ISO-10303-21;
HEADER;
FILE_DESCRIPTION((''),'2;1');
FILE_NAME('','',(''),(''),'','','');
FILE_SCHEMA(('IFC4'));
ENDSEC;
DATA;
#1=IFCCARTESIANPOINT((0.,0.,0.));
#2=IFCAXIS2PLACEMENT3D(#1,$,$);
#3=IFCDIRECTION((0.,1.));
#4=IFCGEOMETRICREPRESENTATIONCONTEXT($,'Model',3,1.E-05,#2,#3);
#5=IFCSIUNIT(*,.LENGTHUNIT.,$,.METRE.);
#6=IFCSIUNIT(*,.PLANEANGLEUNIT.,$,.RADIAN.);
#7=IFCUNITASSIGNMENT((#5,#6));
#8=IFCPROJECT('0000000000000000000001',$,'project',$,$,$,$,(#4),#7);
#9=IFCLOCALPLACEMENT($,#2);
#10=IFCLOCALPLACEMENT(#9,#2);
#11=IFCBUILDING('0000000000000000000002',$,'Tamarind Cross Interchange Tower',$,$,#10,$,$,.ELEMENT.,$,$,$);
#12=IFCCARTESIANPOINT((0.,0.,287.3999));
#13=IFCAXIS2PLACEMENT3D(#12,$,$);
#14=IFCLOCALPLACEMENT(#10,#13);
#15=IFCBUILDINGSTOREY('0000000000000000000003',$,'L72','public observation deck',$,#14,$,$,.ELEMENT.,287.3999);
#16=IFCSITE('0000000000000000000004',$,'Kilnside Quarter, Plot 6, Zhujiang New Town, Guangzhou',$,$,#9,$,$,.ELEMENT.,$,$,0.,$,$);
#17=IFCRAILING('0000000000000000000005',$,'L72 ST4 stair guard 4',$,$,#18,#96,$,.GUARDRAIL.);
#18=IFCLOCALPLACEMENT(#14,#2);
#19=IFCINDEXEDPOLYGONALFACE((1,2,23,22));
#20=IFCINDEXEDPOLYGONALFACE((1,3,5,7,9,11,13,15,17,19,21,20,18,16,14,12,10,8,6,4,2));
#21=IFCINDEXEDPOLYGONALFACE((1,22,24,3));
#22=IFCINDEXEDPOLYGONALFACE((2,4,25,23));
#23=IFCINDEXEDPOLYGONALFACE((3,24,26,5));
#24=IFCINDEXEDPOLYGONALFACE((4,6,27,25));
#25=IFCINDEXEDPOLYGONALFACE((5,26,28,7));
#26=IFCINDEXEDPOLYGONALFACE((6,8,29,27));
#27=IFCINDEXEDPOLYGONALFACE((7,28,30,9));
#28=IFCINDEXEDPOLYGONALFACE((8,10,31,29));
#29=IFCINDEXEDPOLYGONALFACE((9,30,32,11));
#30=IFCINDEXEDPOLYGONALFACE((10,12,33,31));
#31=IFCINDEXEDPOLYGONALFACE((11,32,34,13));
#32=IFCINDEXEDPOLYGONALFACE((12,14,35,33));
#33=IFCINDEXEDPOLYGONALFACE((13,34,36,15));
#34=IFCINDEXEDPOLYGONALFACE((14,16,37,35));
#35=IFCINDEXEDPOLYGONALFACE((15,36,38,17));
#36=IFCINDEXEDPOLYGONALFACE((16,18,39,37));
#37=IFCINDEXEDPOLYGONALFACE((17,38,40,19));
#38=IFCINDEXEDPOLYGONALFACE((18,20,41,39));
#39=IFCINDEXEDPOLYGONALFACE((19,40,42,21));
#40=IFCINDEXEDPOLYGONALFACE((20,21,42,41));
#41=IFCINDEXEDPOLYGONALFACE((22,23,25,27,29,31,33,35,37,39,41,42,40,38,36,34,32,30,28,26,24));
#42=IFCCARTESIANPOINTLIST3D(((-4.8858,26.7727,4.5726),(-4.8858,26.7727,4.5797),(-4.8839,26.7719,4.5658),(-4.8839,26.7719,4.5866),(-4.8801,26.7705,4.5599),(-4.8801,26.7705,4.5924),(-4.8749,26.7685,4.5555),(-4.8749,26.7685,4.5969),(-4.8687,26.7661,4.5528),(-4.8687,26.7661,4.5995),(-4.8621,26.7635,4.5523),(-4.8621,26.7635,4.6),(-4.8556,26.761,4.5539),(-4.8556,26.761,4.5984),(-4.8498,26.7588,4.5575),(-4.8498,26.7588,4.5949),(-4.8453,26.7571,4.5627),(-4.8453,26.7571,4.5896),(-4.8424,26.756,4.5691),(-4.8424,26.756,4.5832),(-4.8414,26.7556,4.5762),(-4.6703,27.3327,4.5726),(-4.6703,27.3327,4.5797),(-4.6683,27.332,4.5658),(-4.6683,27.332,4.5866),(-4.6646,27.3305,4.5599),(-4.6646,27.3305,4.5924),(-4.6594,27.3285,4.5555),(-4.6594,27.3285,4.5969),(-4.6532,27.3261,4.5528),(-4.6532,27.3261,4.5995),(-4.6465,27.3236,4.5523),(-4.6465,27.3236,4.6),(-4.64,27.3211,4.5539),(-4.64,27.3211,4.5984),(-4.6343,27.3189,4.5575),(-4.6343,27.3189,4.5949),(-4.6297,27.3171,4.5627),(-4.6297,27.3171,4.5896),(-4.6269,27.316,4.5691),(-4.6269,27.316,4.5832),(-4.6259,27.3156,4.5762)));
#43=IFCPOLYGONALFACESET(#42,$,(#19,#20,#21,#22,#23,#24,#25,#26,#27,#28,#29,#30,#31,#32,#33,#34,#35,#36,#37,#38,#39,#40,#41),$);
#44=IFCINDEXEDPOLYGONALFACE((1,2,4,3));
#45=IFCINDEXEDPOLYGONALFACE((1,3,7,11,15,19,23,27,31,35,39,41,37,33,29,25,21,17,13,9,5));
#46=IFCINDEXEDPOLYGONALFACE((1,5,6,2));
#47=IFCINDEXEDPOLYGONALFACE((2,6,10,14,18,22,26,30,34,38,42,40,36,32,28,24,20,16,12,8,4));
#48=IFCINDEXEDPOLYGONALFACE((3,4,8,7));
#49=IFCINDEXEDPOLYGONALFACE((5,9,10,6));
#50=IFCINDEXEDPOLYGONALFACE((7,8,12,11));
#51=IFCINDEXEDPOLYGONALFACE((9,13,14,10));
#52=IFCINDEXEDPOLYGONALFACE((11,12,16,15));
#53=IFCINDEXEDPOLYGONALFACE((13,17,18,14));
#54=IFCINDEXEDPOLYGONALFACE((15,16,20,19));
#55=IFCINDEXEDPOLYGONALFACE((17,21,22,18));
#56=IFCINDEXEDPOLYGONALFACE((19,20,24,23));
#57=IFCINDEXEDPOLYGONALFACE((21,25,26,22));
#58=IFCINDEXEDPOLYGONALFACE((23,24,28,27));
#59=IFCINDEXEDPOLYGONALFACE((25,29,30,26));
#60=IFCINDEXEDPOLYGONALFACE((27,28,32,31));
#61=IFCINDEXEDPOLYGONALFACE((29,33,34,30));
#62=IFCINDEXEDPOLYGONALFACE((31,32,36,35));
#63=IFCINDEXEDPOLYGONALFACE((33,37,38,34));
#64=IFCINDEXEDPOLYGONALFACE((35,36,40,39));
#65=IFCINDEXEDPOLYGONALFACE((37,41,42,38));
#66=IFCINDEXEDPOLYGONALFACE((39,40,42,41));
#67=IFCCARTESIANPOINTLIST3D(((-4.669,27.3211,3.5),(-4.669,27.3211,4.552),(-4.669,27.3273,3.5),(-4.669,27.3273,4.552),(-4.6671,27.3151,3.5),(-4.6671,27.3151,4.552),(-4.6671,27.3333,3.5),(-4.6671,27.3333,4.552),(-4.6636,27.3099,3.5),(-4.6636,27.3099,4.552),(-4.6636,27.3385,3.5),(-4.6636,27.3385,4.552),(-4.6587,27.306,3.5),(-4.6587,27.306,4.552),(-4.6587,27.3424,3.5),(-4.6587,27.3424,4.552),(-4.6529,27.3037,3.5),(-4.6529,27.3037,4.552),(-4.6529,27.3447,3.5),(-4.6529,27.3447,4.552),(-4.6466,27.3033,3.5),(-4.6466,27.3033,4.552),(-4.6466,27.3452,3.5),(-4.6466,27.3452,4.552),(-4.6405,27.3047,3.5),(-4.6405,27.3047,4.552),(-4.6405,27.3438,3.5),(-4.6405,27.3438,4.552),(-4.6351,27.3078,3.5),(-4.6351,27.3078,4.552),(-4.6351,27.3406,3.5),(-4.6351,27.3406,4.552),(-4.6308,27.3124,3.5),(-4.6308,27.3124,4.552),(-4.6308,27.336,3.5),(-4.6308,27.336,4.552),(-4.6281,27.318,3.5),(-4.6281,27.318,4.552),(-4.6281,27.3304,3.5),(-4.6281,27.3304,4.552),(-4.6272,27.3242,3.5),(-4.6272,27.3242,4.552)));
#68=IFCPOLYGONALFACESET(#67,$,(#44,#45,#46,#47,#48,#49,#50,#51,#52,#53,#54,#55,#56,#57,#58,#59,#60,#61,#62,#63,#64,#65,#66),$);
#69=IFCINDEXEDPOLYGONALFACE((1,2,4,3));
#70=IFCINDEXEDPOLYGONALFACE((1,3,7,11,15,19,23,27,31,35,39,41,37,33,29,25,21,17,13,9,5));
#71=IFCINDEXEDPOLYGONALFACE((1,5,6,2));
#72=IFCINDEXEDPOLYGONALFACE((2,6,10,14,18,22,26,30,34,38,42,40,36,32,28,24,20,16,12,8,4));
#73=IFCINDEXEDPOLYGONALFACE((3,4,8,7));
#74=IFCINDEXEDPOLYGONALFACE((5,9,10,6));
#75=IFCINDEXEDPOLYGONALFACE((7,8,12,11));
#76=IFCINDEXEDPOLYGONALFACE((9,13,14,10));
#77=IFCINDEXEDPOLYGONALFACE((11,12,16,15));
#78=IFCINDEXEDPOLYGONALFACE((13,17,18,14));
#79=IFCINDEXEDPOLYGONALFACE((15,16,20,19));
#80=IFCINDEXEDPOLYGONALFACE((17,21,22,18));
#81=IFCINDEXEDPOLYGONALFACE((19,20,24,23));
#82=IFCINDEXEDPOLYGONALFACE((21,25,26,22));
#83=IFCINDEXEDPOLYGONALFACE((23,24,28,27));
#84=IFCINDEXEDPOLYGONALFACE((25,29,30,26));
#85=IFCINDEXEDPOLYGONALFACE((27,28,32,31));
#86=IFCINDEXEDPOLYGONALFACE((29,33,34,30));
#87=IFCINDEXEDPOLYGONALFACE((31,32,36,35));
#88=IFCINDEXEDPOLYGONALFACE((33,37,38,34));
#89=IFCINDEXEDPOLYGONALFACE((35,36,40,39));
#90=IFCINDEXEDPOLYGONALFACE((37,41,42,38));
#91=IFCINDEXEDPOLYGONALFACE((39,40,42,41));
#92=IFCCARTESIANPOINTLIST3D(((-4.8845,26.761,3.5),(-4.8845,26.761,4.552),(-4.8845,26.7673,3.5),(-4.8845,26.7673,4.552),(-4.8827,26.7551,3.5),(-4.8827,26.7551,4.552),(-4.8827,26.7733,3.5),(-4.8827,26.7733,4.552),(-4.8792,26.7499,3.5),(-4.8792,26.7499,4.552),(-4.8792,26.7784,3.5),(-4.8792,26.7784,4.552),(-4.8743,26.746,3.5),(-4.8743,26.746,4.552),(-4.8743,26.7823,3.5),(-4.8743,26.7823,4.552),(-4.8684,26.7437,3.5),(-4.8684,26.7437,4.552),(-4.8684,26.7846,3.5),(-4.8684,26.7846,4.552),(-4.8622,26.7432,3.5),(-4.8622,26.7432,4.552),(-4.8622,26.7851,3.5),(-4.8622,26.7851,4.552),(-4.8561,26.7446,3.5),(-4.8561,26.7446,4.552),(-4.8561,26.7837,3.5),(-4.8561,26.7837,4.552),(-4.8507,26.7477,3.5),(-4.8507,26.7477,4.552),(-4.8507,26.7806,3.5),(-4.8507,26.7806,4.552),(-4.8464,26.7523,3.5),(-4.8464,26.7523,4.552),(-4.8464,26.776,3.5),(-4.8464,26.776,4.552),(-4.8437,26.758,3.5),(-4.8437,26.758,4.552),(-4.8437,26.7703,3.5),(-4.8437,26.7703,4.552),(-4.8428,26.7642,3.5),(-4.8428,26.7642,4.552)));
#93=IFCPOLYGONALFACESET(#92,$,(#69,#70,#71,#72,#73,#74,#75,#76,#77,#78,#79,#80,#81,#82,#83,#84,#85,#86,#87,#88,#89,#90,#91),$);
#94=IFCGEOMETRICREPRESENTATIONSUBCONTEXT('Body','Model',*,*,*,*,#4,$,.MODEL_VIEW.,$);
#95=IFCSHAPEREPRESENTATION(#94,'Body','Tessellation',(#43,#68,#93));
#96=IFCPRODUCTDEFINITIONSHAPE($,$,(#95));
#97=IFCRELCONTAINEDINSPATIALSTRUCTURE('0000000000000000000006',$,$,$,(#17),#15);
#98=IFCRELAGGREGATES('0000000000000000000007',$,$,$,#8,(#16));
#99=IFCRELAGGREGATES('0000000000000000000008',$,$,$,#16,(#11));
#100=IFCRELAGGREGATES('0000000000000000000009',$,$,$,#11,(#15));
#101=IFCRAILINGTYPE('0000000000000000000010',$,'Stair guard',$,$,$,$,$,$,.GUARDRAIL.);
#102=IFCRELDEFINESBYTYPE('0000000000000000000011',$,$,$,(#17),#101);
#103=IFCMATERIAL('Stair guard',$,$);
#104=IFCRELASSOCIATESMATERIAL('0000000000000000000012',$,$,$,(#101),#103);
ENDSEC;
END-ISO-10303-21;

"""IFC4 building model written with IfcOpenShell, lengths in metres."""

from ifc_helpers import new_model, si_unit, direction, frame, origin, origin_2d, place, context, subcontext, project, spatial, circle, extrude, material, type_object, element, save


model = new_model("IFC4")

# Units and contexts
model_context = context("Model", 3, precision=1e-05, world=origin(), true_north=direction((0.0, 1.0)))
body_context = subcontext(model_context, "Body", "Model", "MODEL_VIEW")
ifc_project = project(units=[si_unit("LENGTHUNIT", "METRE"), si_unit("PLANEANGLEUNIT", "RADIAN")], contexts=[model_context])

# Site, building, storey
site_placement = place(None, origin())
site = spatial("IfcSite", under=ifc_project, at=site_placement, Name="Kilnside Quarter, Plot 6, Zhujiang New Town, Guangzhou", CompositionType="ELEMENT", RefElevation=0.0)
building_placement = place(site_placement, origin())
building = spatial("IfcBuilding", under=site, at=building_placement, Name="Tamarind Cross Interchange Tower", CompositionType="ELEMENT")
storey_placement = place(building_placement, frame((0.0, 0.0, 287.3999)))
storey = spatial("IfcBuildingStorey", under=building, at=storey_placement, Name="L72", Description="public observation deck", CompositionType="ELEMENT", Elevation=287.3999)

# Railing
ifc_material_1 = material(Name="Stair guard")
railing_type_1 = type_object("IfcRailingType", Name="Stair guard", PredefinedType="GUARDRAIL", material=ifc_material_1)
railing_1_placement = place(storey_placement, frame((-4.6482, 27.3242, 3.5)))
element("IfcRailing", 1, at=railing_1_placement, inside=storey, type_object=railing_type_1, Name="L72 ST4 stair guard 4", PredefinedType="GUARDRAIL", context=body_context, shape_type="SweptSolid", body=[
    extrude(circle(Radius=0.0239, at=origin_2d()), frame((0.0, 0.0, 1.0762), z_axis=(-0.359224, -0.933251, 0.0), x_axis=(0.933251, -0.359224, 0.0)), (0.0, 0.0, 1.0), 0.6001),
    extrude(circle(Radius=0.021, at=origin_2d()), origin(), (0.0, 0.0, 1.0), 1.052),
    extrude(circle(Radius=0.021, at=origin_2d()), frame((-0.2156, -0.5601, 0.0)), (0.0, 0.0, 1.0), 1.052),
])

save(model, "model.ifc")
